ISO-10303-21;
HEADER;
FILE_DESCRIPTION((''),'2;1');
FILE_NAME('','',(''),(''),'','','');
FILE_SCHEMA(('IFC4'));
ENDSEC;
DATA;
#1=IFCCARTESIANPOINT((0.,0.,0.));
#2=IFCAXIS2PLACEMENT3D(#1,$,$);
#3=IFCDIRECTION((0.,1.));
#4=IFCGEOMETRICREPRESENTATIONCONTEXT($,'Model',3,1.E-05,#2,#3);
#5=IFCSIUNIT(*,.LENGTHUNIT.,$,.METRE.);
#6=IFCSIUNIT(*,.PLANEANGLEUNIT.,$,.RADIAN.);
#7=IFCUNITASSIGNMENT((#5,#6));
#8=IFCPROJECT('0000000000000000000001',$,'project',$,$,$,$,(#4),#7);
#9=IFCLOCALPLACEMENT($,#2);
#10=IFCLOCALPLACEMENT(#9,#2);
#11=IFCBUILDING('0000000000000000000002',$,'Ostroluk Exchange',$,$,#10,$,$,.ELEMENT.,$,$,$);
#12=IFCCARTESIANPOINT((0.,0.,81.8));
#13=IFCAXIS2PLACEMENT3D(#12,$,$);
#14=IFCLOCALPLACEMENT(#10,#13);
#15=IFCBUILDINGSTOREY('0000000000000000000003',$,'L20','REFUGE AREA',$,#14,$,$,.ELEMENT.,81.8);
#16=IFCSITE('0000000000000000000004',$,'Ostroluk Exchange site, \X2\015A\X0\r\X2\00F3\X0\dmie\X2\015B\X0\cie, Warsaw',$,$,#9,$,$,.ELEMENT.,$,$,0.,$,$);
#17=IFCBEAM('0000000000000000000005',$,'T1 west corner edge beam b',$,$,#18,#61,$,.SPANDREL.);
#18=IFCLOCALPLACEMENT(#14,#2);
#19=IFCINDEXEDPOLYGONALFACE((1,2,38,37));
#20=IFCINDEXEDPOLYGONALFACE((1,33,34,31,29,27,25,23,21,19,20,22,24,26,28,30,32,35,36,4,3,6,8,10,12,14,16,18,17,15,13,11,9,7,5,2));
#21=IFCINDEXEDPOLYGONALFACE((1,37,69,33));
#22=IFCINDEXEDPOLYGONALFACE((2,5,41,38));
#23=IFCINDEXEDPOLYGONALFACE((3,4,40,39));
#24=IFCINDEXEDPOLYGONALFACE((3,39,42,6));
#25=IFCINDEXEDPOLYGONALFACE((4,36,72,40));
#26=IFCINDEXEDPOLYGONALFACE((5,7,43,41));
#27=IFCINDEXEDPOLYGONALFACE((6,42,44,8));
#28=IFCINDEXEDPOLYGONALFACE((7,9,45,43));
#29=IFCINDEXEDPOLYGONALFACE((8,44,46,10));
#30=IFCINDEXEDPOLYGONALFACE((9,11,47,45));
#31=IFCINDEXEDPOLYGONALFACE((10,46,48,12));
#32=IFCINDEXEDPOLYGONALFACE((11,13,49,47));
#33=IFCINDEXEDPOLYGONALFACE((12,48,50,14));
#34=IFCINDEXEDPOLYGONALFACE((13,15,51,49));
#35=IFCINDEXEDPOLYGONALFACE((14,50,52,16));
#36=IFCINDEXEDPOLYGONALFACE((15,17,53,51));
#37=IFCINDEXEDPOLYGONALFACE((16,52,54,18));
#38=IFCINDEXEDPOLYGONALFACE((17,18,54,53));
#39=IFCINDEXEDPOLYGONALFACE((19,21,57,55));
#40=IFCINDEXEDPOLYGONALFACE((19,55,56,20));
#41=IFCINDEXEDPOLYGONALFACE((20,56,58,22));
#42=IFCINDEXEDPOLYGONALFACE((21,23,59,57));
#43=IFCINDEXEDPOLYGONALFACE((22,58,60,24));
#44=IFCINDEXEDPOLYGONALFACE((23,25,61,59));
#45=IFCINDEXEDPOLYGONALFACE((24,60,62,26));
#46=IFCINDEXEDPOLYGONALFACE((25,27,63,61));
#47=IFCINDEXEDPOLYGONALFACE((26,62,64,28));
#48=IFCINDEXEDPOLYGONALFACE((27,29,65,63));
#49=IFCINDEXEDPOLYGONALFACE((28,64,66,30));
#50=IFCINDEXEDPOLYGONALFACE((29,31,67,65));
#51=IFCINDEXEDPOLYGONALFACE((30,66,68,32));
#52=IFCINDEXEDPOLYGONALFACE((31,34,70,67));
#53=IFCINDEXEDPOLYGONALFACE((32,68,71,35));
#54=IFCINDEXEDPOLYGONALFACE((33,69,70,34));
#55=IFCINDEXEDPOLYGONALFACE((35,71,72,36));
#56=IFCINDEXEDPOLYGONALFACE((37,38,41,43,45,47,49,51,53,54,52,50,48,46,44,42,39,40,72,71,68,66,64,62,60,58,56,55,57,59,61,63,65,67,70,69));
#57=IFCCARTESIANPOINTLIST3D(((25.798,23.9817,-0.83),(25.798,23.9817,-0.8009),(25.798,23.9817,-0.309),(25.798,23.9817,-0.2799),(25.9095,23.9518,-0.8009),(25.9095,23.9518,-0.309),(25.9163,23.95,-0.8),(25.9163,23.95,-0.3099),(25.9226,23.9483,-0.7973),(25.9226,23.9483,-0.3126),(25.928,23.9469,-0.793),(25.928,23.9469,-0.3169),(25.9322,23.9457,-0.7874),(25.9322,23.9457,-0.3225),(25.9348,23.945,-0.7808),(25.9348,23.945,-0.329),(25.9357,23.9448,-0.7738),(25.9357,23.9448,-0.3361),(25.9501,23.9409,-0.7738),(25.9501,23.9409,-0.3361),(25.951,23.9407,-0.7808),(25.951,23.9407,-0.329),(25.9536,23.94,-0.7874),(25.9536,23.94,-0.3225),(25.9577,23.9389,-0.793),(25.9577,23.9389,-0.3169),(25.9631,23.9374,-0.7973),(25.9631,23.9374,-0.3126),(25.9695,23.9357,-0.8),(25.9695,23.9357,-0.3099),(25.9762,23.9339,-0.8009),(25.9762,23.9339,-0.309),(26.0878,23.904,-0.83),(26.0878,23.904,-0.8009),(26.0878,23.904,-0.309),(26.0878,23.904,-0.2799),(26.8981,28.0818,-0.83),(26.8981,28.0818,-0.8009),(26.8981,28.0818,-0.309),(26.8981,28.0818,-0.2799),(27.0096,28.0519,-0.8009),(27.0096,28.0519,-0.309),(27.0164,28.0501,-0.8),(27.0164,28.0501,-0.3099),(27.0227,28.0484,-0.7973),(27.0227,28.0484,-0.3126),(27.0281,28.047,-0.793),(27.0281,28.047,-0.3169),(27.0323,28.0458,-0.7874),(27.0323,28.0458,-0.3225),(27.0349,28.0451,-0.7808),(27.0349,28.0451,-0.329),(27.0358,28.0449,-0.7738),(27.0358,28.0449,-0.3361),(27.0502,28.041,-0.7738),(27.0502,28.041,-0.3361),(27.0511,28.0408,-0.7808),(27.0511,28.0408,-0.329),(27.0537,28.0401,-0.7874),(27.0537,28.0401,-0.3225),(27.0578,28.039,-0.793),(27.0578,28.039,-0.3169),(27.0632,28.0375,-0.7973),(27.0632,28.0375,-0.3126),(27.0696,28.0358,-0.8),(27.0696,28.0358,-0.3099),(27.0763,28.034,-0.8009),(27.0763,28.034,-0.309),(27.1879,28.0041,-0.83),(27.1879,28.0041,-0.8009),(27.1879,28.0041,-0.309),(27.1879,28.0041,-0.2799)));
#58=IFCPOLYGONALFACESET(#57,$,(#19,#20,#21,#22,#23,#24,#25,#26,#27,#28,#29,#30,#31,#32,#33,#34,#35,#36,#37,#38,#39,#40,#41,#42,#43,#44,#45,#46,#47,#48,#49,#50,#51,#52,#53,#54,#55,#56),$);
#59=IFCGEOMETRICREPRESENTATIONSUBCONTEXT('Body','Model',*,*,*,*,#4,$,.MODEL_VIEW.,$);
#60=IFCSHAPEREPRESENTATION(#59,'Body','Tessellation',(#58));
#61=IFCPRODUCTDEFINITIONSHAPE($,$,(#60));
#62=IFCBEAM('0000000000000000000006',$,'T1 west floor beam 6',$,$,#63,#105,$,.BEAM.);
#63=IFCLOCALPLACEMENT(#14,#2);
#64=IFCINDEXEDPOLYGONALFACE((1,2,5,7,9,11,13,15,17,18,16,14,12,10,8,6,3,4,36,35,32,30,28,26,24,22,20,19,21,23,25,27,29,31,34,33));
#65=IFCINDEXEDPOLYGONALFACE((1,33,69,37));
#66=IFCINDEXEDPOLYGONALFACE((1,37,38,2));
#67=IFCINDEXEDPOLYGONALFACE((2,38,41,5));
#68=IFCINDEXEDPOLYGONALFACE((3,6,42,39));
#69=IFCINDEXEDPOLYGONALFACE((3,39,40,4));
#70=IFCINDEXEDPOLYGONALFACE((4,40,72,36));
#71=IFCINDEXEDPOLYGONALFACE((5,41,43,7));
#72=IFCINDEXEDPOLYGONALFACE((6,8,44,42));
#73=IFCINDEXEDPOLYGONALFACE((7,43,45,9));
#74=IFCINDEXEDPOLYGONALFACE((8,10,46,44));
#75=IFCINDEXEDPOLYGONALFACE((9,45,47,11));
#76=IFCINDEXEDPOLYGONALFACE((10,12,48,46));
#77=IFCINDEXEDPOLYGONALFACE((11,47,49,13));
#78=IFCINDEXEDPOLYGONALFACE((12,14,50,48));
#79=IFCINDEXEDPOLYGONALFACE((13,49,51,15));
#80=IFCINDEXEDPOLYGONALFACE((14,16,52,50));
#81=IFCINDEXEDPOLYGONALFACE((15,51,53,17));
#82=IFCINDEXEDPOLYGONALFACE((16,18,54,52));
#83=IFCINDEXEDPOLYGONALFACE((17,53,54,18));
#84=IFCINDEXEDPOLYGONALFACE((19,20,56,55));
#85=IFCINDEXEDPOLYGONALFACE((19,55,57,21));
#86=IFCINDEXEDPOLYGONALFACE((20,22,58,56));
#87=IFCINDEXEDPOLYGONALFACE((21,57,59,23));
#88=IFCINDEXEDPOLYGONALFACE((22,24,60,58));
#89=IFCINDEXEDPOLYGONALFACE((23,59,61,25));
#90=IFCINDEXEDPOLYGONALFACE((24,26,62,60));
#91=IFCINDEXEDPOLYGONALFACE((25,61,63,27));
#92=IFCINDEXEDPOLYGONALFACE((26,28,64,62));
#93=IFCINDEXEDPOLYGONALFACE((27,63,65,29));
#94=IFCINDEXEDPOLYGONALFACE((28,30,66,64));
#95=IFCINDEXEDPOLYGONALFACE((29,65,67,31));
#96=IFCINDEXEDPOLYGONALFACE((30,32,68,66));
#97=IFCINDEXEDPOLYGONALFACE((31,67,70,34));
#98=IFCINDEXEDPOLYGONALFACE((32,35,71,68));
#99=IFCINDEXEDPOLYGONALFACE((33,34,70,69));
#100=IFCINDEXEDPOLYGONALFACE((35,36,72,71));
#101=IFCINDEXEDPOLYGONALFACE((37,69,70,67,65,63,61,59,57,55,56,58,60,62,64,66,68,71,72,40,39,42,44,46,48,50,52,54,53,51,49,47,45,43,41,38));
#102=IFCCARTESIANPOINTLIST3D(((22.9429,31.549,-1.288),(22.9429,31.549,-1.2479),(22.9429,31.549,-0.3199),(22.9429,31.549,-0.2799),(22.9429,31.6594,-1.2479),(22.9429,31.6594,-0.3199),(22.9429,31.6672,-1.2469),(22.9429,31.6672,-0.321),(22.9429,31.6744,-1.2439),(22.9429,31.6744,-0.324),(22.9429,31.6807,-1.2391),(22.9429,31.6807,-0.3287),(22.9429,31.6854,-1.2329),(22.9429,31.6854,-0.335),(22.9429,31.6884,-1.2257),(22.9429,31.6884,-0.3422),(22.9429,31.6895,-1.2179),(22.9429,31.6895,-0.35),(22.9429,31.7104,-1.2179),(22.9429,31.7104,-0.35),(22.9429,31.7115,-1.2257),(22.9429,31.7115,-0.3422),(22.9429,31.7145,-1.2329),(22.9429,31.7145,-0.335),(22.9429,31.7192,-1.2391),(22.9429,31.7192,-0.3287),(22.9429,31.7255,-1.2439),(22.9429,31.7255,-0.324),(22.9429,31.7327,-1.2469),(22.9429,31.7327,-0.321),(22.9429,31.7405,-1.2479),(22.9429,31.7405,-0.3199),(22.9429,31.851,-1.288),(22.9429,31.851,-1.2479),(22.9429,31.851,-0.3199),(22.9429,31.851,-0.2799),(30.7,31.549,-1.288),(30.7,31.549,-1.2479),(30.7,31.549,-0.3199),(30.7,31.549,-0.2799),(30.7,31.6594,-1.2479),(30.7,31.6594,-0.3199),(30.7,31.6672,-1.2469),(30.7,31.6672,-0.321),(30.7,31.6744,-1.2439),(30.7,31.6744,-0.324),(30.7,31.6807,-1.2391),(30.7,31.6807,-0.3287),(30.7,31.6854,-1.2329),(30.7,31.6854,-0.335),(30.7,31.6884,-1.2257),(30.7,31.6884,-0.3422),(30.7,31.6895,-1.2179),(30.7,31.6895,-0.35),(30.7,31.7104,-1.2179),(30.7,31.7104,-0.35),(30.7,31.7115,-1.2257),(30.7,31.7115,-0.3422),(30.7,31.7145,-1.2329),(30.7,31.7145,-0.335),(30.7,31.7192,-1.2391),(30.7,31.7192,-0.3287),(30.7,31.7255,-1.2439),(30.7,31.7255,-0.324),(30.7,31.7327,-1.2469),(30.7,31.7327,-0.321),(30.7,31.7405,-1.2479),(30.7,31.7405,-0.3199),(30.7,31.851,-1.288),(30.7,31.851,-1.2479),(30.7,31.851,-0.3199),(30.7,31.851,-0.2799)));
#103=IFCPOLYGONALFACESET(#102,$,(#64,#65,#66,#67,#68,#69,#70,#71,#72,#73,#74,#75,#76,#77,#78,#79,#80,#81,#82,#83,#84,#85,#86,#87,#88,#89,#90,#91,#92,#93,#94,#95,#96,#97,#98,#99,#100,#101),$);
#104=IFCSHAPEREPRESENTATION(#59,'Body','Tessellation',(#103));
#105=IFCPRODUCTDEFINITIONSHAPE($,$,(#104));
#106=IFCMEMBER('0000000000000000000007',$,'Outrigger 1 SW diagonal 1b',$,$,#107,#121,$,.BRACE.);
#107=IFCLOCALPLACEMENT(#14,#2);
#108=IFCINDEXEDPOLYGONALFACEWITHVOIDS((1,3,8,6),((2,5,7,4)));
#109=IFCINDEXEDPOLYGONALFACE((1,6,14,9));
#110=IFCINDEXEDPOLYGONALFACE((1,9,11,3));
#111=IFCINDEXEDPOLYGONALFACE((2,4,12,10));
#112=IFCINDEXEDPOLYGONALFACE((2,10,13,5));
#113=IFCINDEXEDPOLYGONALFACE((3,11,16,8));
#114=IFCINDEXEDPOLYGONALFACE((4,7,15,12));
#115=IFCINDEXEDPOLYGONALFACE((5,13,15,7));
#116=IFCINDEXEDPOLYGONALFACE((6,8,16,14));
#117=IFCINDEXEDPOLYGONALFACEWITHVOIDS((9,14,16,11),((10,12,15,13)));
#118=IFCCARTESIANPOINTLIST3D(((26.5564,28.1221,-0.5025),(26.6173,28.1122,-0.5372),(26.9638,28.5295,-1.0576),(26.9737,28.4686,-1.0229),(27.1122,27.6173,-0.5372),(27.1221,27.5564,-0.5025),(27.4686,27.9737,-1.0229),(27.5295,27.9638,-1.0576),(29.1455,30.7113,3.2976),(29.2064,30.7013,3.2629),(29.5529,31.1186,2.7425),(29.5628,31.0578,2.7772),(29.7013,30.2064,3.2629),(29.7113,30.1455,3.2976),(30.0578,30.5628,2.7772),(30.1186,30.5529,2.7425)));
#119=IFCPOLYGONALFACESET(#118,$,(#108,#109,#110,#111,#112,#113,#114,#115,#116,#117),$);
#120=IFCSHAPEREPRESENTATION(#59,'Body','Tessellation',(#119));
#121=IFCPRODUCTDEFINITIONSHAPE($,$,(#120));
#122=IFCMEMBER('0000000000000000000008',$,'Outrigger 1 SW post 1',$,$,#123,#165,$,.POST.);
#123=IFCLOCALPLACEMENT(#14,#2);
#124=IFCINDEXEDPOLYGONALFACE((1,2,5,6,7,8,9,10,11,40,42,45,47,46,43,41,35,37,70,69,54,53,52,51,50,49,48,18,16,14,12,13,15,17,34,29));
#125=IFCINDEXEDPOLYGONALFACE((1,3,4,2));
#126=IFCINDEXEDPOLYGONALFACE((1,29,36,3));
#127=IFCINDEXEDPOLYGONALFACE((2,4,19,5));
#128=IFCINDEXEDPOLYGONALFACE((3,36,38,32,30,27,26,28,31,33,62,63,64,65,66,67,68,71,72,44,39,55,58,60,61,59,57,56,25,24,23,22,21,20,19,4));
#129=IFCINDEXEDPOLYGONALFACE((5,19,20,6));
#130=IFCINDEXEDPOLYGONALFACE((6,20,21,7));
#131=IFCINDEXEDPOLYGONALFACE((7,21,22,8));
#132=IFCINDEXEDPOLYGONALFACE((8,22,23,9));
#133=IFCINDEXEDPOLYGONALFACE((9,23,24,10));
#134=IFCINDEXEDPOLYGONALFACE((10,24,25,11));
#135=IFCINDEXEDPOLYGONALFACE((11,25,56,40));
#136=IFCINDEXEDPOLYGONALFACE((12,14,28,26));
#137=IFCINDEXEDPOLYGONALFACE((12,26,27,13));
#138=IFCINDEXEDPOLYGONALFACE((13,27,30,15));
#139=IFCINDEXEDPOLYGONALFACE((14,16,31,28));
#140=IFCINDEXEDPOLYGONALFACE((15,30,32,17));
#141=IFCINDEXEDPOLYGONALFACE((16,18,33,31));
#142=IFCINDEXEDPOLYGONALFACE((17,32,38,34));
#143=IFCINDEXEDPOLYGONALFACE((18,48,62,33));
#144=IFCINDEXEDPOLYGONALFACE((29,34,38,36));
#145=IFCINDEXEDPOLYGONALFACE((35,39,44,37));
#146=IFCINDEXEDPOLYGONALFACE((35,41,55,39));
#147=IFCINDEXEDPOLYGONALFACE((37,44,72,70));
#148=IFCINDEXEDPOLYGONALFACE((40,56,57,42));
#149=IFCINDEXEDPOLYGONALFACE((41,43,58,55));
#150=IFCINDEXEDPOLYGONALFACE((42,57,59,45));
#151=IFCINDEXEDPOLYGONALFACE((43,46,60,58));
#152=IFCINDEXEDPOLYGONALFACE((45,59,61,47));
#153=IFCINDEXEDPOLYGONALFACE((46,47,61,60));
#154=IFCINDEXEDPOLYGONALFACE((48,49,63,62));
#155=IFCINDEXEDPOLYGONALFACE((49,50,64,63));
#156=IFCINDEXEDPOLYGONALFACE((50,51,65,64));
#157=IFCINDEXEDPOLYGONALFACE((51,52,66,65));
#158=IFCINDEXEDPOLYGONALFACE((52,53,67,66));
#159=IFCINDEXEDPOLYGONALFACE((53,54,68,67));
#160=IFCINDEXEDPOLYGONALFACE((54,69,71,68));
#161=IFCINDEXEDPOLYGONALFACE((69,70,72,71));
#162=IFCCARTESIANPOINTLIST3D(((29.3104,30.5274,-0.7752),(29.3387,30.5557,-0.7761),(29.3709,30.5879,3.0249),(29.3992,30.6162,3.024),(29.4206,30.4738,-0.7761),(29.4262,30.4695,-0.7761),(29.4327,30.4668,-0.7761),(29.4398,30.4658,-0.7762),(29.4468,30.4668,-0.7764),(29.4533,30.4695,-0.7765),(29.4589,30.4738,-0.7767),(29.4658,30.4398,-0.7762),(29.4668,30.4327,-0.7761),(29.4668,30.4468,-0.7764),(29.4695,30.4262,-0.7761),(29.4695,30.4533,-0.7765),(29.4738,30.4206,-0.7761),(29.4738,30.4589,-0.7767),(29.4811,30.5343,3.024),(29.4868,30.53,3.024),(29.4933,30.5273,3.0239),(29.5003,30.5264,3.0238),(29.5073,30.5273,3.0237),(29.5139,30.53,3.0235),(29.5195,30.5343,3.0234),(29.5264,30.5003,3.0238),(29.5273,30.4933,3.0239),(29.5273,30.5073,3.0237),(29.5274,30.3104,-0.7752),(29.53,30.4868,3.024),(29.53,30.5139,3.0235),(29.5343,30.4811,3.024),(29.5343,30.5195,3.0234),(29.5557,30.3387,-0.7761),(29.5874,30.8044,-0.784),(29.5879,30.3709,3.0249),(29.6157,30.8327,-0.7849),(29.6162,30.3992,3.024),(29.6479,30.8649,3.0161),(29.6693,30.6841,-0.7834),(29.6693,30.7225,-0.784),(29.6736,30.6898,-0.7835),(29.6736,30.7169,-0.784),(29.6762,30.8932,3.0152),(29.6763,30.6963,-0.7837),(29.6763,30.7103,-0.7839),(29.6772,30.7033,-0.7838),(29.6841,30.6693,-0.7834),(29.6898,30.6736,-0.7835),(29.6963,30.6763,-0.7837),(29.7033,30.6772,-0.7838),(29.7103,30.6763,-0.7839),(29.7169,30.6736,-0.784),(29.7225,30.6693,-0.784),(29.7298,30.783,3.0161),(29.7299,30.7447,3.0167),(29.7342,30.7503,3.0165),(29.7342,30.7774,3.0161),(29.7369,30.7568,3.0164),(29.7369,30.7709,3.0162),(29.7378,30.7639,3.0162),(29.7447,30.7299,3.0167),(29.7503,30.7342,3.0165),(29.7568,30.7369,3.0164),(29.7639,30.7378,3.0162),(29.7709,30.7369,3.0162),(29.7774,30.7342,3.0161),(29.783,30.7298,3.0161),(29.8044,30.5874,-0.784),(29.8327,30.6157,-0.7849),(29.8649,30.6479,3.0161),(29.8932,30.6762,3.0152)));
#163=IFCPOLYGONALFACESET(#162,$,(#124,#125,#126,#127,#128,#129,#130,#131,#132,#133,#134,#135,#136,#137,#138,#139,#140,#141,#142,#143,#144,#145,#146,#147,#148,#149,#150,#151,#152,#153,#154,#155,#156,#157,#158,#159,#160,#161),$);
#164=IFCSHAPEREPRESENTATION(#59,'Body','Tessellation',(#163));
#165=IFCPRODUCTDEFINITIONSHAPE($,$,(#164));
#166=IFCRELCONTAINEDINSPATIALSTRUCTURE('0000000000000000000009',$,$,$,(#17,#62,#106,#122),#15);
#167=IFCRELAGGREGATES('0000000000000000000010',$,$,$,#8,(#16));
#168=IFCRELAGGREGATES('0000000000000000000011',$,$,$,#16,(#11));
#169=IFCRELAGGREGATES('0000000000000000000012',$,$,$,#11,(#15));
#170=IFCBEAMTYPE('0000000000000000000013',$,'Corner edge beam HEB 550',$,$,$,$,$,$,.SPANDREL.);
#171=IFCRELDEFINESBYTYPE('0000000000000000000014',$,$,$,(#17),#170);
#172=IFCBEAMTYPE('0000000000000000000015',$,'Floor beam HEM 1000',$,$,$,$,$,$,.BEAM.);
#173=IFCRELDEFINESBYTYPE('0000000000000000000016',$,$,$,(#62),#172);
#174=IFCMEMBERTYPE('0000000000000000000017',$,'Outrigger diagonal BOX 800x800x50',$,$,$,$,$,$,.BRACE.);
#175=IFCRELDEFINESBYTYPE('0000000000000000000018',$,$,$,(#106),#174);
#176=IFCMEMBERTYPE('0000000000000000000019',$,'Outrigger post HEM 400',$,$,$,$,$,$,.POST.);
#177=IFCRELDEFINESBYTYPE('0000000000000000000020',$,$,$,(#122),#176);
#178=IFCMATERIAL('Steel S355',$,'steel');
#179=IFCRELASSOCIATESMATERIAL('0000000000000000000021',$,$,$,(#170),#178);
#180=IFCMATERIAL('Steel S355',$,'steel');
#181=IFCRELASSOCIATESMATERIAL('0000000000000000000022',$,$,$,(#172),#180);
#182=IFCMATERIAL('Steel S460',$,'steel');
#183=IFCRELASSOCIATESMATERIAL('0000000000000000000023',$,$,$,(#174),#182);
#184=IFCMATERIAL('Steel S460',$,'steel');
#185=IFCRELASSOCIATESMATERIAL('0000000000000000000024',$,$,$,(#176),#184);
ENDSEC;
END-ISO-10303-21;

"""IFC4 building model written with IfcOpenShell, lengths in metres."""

from ifc_helpers import new_model, si_unit, direction, frame, origin, origin_2d, place, context, subcontext, project, spatial, hollow_rectangle, i_section, extrude, material, material_profile, profile_set, type_object, element, save


model = new_model("IFC4")

# Units and contexts
model_context = context("Model", 3, precision=1e-05, world=origin(), true_north=direction((0.0, 1.0)))
body_context = subcontext(model_context, "Body", "Model", "MODEL_VIEW")
ifc_project = project(units=[si_unit("LENGTHUNIT", "METRE"), si_unit("PLANEANGLEUNIT", "RADIAN")], contexts=[model_context])

# Site, building, storey
site_placement = place(None, origin())
site = spatial("IfcSite", under=ifc_project, at=site_placement, Name="Ostroluk Exchange site, Śródmieście, Warsaw", CompositionType="ELEMENT", RefElevation=0.0)
building_placement = place(site_placement, origin())
building = spatial("IfcBuilding", under=site, at=building_placement, Name="Ostroluk Exchange", CompositionType="ELEMENT")
storey_placement = place(building_placement, frame((0.0, 0.0, 81.8)))
storey = spatial("IfcBuildingStorey", under=building, at=storey_placement, Name="L20", Description="REFUGE AREA", CompositionType="ELEMENT", Elevation=81.8)

# Beams
ifc_material_1 = material(Name="Steel S355", Category="steel")
ifc_material_profile_1 = material_profile(ifc_material_1, i_section(OverallWidth=0.3, OverallDepth=0.55, WebThickness=0.0149, FlangeThickness=0.0291, FilletRadius=0.0271, at=origin_2d()), Name="HEB 550")
ifc_profile_set_1 = profile_set([ifc_material_profile_1], Name="Steel S355")
beam_type_1 = type_object("IfcBeamType", Name="Corner edge beam HEB 550", PredefinedType="SPANDREL", material=ifc_profile_set_1)
for number, where, z_axis, x_axis, name in (
    (1, (27.043, 28.043, -0.5549), (-0.259144, -0.965839, 0.0), (0.965839, -0.259144, 0.0), "T1 west corner edge beam b"),
):
    element("IfcBeam", number, at=place(storey_placement, frame(where, z_axis=z_axis, x_axis=x_axis)), inside=storey, type_object=beam_type_1, Name=name, PredefinedType="SPANDREL", context=body_context, shape_type="SweptSolid", body=[
        extrude(i_section(OverallWidth=0.3, OverallDepth=0.55, WebThickness=0.0149, FlangeThickness=0.0291, FilletRadius=0.0271, at=origin_2d()), origin(), (0.0, 0.0, 1.0), 4.2451),
    ])
ifc_material_2 = material(Name="Steel S355", Category="steel")
ifc_material_profile_2 = material_profile(ifc_material_2, i_section(OverallWidth=0.302, OverallDepth=1.0081, WebThickness=0.021, FlangeThickness=0.04, FilletRadius=0.03, at=origin_2d()), Name="HEM 1000")
ifc_profile_set_2 = profile_set([ifc_material_profile_2], Name="Steel S355")
beam_type_2 = type_object("IfcBeamType", Name="Floor beam HEM 1000", PredefinedType="BEAM", material=ifc_profile_set_2)
beam_1_placement = place(storey_placement, frame((30.7, 31.7, -0.7839), z_axis=(-1.0, 0.0, 0.0), x_axis=(0.0, -1.0, 0.0)))
element("IfcBeam", 2, at=beam_1_placement, inside=storey, type_object=beam_type_2, Name="T1 west floor beam 6", PredefinedType="BEAM", context=body_context, shape_type="SweptSolid", body=[
    extrude(i_section(OverallWidth=0.302, OverallDepth=1.0081, WebThickness=0.021, FlangeThickness=0.04, FilletRadius=0.03, at=origin_2d()), origin(), (0.0, 0.0, 1.0), 7.7571),
])

# Members
ifc_material_3 = material(Name="Steel S460", Category="steel")
ifc_material_profile_3 = material_profile(ifc_material_3, hollow_rectangle(XDim=0.8, YDim=0.8, WallThickness=0.05, at=origin_2d()), Name="BOX 800x800x50")
ifc_profile_set_3 = profile_set([ifc_material_profile_3], Name="Steel S460")
member_type_1 = type_object("IfcMemberType", Name="Outrigger diagonal BOX 800x800x50", PredefinedType="BRACE", material=ifc_profile_set_3)
member_1_placement = place(storey_placement, frame((29.6321, 30.6321, 3.02), z_axis=(-0.490635, -0.490635, -0.720107), x_axis=(0.707107, -0.707107, 0.0)))
element("IfcMember", 3, at=member_1_placement, inside=storey, type_object=member_type_1, Name="Outrigger 1 SW diagonal 1b", PredefinedType="BRACE", context=body_context, shape_type="SweptSolid", body=[
    extrude(hollow_rectangle(XDim=0.8, YDim=0.8, WallThickness=0.05, at=origin_2d()), origin(), (0.0, 0.0, 1.0), 5.2771),
])
ifc_material_4 = material(Name="Steel S460", Category="steel")
ifc_material_profile_4 = material_profile(ifc_material_4, i_section(OverallWidth=0.3069, OverallDepth=0.4319, WebThickness=0.021, FlangeThickness=0.04, FilletRadius=0.0271, at=origin_2d()), Name="HEM 400")
ifc_profile_set_4 = profile_set([ifc_material_profile_4], Name="Steel S460")
member_type_2 = type_object("IfcMemberType", Name="Outrigger post HEM 400", PredefinedType="POST", material=ifc_profile_set_4)
member_2_placement = place(storey_placement, frame((29.5715, 30.5715, -0.78), z_axis=(0.015929, 0.015929, 0.999746), x_axis=(-0.707107, 0.707107, 0.0)))
element("IfcMember", 4, at=member_2_placement, inside=storey, type_object=member_type_2, Name="Outrigger 1 SW post 1", PredefinedType="POST", context=body_context, shape_type="SweptSolid", body=[
    extrude(i_section(OverallWidth=0.3069, OverallDepth=0.4319, WebThickness=0.021, FlangeThickness=0.04, FilletRadius=0.0271, at=origin_2d()), origin(), (0.0, 0.0, 1.0), 3.801),
])

save(model, "model.ifc")
